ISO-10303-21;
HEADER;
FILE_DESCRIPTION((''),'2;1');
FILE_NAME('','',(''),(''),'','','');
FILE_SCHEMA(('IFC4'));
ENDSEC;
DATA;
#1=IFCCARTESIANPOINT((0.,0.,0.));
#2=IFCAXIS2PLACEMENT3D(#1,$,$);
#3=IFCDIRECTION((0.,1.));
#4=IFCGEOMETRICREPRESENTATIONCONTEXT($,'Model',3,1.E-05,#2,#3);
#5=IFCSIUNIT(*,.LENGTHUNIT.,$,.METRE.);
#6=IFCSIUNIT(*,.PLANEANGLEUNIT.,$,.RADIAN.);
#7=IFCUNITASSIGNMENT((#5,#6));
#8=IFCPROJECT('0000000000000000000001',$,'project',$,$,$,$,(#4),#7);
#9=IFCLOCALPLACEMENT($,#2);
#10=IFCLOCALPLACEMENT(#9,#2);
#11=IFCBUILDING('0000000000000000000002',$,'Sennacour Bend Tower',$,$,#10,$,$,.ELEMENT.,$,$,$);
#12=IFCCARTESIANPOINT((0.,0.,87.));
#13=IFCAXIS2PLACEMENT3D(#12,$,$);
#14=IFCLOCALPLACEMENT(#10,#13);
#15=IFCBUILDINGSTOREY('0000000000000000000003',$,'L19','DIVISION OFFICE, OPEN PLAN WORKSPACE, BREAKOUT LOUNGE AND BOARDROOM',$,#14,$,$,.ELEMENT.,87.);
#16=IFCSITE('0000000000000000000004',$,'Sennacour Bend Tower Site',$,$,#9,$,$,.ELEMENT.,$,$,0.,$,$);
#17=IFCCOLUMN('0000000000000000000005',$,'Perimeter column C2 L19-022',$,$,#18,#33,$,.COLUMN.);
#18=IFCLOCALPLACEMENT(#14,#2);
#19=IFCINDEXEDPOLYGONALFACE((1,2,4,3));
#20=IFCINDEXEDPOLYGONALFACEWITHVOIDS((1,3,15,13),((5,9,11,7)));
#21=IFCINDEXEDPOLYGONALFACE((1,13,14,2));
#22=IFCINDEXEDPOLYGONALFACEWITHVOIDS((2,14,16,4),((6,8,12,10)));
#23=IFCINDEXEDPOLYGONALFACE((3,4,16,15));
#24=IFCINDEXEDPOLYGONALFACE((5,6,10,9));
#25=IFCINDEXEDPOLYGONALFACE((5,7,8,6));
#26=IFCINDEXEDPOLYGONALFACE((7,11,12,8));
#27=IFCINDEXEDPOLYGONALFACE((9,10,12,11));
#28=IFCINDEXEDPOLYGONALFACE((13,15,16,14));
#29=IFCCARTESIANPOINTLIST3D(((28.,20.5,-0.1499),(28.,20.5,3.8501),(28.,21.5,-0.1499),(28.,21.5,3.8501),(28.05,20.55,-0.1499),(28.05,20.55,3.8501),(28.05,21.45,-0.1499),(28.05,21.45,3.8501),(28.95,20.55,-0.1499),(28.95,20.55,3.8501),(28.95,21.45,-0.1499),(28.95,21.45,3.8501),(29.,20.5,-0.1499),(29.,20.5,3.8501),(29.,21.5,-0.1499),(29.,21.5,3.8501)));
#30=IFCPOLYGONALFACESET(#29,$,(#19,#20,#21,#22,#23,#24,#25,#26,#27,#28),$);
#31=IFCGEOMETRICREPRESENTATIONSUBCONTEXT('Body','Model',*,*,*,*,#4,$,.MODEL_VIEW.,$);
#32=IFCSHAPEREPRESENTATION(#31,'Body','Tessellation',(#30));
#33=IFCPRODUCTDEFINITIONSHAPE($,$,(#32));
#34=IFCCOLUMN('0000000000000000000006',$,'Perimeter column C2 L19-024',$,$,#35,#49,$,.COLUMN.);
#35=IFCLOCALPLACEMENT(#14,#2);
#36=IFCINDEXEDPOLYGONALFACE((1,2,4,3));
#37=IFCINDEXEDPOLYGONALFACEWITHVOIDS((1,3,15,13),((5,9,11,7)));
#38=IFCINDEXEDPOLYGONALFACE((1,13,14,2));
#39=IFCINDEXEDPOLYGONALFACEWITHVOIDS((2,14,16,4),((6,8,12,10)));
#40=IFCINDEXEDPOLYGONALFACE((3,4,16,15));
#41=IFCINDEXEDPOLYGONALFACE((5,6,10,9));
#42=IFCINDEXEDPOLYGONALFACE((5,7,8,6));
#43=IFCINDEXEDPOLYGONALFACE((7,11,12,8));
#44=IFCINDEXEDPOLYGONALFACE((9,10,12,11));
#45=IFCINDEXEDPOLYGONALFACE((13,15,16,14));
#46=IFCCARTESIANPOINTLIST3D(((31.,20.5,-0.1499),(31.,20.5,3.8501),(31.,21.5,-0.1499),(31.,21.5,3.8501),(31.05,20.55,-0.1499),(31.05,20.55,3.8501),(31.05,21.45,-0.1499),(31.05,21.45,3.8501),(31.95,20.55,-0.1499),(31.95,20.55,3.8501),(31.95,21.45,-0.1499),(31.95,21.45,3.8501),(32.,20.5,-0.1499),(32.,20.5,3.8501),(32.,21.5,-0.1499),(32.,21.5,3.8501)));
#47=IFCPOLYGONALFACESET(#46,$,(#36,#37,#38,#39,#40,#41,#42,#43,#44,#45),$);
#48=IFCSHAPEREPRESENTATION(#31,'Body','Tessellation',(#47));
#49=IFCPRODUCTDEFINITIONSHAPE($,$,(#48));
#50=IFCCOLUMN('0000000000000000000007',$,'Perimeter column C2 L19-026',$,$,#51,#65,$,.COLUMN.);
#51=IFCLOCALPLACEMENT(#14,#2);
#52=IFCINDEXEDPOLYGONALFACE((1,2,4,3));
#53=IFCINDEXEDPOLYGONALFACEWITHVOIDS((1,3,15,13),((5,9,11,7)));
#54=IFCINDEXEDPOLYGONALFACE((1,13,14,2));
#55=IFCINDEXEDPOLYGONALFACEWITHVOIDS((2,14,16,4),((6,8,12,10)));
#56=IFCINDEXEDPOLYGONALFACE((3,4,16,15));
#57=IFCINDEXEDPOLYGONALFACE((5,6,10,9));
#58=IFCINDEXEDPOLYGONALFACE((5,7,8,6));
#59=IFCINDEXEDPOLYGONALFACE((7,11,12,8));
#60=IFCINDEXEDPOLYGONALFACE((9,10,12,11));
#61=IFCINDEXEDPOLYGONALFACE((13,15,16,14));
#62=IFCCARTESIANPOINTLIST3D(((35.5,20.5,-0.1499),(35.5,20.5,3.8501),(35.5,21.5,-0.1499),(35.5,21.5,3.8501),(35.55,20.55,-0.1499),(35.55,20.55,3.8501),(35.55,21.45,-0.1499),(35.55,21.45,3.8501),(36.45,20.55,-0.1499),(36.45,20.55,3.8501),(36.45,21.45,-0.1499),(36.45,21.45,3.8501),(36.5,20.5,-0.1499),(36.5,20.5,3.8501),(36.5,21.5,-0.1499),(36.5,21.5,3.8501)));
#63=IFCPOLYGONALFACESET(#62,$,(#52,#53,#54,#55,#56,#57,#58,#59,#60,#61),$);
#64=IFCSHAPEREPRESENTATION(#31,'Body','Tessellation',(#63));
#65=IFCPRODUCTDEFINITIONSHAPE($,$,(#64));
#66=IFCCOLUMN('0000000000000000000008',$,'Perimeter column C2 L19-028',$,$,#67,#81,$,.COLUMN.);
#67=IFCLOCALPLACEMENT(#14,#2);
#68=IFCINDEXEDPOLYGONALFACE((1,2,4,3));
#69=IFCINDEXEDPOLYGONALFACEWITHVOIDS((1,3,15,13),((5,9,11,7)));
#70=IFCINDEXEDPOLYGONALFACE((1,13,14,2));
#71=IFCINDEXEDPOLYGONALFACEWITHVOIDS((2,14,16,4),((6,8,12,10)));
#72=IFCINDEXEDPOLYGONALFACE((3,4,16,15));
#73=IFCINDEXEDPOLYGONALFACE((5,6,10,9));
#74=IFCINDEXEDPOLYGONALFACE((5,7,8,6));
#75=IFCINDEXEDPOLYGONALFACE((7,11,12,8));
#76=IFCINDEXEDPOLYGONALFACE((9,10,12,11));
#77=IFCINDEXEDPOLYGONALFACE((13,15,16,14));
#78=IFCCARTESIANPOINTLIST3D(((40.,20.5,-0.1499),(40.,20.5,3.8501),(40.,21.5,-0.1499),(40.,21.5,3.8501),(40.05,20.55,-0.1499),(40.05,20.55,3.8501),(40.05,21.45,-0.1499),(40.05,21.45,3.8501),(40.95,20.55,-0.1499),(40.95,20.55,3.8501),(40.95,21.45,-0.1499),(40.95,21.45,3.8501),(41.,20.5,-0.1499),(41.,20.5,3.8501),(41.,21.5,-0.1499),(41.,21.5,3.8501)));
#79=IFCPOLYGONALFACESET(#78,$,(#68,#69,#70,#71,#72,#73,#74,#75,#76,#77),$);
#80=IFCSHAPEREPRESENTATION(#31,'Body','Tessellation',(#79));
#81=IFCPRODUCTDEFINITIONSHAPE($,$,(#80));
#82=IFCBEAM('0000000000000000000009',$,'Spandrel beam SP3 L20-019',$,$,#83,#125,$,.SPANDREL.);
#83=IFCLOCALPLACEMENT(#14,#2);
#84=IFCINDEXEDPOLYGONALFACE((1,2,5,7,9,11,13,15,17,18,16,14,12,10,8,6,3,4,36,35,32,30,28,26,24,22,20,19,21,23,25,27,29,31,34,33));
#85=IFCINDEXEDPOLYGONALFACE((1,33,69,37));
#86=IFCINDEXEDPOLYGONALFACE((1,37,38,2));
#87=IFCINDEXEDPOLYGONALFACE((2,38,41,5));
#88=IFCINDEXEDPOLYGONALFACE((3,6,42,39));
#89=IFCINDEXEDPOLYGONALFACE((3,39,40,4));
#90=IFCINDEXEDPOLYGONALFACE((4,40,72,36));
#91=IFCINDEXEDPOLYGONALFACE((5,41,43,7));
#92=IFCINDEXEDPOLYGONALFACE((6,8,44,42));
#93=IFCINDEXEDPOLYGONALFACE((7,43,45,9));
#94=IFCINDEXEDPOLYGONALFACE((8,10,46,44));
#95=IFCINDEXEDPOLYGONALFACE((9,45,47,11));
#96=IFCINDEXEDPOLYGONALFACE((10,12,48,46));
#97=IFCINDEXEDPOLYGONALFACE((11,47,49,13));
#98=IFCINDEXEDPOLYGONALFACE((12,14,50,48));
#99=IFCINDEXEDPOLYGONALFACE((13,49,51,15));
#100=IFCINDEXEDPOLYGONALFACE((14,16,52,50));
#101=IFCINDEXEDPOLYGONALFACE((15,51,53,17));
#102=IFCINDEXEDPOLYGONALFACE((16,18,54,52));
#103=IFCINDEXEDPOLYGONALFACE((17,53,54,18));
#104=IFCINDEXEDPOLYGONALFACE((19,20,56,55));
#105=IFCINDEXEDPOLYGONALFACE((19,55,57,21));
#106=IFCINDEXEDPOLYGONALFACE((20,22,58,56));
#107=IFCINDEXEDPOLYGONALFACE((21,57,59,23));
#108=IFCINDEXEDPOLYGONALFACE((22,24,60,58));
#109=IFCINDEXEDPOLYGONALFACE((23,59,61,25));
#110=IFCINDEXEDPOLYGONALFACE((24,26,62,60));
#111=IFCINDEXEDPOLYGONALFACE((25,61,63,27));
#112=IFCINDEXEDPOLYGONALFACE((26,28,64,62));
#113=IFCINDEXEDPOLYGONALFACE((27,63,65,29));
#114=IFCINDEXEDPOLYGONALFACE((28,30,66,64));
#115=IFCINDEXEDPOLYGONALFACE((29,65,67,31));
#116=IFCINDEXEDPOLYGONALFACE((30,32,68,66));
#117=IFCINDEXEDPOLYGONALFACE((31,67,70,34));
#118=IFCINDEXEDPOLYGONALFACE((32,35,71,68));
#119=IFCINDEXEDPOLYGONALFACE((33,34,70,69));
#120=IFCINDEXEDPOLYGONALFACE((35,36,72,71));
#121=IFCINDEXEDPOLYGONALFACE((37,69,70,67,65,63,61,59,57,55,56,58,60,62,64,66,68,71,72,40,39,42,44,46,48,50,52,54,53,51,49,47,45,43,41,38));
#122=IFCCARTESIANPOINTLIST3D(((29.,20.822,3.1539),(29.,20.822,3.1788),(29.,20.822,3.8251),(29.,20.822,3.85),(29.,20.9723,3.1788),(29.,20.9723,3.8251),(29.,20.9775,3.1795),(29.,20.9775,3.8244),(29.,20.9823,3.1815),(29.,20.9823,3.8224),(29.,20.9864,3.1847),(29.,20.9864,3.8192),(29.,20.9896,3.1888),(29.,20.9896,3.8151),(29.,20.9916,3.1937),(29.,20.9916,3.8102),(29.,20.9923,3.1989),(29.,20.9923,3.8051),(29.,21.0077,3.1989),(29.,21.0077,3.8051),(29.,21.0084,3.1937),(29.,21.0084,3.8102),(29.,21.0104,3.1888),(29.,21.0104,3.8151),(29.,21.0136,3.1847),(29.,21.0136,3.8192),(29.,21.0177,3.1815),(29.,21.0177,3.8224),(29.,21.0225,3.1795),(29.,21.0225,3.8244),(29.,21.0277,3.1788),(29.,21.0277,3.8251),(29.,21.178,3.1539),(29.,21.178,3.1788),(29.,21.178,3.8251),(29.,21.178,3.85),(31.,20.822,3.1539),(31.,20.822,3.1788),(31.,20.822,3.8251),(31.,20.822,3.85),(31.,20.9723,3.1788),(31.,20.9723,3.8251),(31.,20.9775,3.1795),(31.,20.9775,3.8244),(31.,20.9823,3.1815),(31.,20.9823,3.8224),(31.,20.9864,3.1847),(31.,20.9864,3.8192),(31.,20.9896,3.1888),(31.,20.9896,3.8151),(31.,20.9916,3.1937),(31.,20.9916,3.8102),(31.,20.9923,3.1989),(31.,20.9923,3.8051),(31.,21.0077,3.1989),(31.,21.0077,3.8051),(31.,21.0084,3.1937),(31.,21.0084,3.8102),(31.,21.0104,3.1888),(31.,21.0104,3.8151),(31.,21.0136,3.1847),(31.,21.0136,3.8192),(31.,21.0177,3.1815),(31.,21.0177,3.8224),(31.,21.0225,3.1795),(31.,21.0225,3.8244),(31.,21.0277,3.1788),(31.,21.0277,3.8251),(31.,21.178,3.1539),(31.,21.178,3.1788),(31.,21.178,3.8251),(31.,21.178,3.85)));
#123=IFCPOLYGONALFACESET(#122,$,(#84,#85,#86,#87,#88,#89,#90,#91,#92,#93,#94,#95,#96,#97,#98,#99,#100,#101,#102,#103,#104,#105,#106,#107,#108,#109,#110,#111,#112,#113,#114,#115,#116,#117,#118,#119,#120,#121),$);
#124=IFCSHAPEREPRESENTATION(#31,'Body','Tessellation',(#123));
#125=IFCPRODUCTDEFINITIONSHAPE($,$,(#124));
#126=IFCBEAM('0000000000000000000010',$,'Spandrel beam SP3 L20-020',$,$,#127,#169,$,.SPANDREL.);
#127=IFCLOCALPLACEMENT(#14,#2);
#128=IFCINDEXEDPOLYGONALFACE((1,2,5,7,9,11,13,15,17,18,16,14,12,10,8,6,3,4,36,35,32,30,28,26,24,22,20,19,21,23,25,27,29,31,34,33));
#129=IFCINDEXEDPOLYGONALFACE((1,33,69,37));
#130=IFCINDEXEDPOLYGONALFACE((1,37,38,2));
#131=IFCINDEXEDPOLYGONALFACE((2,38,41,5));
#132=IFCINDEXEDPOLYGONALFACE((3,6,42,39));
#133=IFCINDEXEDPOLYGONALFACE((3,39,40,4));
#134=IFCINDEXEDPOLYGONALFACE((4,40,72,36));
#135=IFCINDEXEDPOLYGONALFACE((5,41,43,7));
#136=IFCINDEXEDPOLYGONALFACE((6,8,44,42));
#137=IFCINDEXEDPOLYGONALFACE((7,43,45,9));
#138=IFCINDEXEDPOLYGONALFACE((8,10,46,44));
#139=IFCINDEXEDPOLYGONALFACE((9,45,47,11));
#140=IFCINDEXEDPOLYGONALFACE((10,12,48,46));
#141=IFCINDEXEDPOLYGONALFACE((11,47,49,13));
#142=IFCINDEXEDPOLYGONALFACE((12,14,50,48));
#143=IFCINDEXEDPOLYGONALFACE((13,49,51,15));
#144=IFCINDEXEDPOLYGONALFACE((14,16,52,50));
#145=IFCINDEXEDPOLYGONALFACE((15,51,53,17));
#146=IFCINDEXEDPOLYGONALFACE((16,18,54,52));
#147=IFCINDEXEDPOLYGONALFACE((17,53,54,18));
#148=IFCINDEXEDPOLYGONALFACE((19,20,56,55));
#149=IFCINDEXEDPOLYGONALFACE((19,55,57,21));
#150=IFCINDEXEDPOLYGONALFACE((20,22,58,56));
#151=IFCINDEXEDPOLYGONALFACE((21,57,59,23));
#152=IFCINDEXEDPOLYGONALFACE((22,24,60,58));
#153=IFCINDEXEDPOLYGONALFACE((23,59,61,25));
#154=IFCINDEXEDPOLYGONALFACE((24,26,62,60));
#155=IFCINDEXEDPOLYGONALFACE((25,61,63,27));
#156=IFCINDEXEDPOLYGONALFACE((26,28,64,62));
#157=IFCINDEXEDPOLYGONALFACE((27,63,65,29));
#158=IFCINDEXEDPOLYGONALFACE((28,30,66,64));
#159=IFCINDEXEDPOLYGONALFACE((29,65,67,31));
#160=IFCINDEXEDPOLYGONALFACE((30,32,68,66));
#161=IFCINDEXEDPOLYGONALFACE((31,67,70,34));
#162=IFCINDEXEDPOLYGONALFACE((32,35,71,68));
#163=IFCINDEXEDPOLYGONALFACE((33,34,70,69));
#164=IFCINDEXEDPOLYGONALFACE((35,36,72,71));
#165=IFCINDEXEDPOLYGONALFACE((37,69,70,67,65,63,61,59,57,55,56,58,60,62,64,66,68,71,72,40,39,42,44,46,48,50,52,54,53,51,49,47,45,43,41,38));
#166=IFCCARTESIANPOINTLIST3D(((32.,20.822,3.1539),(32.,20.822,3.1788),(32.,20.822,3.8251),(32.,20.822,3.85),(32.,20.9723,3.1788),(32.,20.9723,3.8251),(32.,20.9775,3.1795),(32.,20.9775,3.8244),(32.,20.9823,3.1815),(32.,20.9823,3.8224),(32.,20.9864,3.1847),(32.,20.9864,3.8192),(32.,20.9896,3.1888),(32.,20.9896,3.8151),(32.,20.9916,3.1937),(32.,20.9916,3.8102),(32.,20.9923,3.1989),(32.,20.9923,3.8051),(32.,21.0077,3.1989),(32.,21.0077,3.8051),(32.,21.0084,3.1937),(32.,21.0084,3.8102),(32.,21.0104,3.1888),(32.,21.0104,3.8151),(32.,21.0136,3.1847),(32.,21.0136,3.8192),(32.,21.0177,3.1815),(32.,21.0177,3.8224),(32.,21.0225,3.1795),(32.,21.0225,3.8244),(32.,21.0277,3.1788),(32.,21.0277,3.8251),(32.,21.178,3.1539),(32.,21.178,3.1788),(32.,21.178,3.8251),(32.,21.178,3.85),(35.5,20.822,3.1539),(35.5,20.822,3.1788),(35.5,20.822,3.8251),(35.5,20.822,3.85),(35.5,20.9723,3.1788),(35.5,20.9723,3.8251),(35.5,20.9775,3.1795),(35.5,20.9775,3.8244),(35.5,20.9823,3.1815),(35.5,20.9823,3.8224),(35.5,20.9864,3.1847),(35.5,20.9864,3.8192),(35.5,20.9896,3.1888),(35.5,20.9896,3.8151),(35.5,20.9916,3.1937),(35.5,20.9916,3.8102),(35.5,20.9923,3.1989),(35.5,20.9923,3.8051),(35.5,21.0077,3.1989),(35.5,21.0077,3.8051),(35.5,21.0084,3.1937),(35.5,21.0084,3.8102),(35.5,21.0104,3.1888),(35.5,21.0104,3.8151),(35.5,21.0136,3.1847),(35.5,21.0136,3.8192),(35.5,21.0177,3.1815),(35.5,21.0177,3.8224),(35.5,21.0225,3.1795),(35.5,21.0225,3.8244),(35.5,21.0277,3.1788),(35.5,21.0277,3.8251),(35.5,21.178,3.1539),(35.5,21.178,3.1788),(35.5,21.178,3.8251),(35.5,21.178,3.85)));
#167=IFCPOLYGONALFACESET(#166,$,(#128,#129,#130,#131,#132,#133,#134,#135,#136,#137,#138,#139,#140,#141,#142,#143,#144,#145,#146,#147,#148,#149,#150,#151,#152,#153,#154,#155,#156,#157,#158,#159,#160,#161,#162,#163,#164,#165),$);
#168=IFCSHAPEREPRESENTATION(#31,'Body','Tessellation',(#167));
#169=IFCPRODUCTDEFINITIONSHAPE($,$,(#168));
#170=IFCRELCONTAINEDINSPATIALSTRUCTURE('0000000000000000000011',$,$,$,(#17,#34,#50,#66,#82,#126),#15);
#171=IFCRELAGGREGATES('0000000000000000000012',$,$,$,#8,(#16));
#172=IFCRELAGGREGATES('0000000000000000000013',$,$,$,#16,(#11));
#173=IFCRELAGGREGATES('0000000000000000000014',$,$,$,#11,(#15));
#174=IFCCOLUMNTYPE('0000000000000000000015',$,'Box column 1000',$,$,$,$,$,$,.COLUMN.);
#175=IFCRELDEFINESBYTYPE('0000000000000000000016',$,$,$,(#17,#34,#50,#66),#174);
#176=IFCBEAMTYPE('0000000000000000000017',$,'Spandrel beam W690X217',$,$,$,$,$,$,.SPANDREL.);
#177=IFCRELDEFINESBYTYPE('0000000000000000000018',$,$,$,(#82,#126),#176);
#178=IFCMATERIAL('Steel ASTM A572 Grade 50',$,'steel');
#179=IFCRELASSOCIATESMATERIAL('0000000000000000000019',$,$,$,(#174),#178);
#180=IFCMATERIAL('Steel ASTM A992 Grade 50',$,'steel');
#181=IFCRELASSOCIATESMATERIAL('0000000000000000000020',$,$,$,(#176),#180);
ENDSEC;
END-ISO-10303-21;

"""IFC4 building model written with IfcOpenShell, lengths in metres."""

from ifc_helpers import new_model, si_unit, direction, frame, origin, origin_2d, place, context, subcontext, project, spatial, hollow_rectangle, i_section, extrude, material, material_profile, profile_set, type_object, element, save


model = new_model("IFC4")

# Units and contexts
model_context = context("Model", 3, precision=1e-05, world=origin(), true_north=direction((0.0, 1.0)))
body_context = subcontext(model_context, "Body", "Model", "MODEL_VIEW")
ifc_project = project(units=[si_unit("LENGTHUNIT", "METRE"), si_unit("PLANEANGLEUNIT", "RADIAN")], contexts=[model_context])

# Site, building, storey
site_placement = place(None, origin())
site = spatial("IfcSite", under=ifc_project, at=site_placement, Name="Sennacour Bend Tower Site", CompositionType="ELEMENT", RefElevation=0.0)
building_placement = place(site_placement, origin())
building = spatial("IfcBuilding", under=site, at=building_placement, Name="Sennacour Bend Tower", CompositionType="ELEMENT")
storey_placement = place(building_placement, frame((0.0, 0.0, 87.0)))
storey = spatial("IfcBuildingStorey", under=building, at=storey_placement, Name="L19", Description="DIVISION OFFICE, OPEN PLAN WORKSPACE, BREAKOUT LOUNGE AND BOARDROOM", CompositionType="ELEMENT", Elevation=87.0)

# Columns
ifc_material_1 = material(Name="Steel ASTM A572 Grade 50", Category="steel")
ifc_material_profile_1 = material_profile(ifc_material_1, hollow_rectangle(XDim=1.0, YDim=1.0, WallThickness=0.05, at=origin_2d()), Name="Steel ASTM A572 Grade 50", Category="steel")
ifc_profile_set_1 = profile_set([ifc_material_profile_1], Name="Steel ASTM A572 Grade 50")
column_type = type_object("IfcColumnType", Name="Box column 1000", PredefinedType="COLUMN", material=ifc_profile_set_1)
for number, where, z_axis, x_axis, name in (
    (1, (28.5, 21.0, -0.1499), (0.0, 0.0, 1.0), (1.0, 0.0, 0.0), "Perimeter column C2 L19-022"),
    (2, (31.5, 21.0, -0.1499), (0.0, 0.0, 1.0), (1.0, 0.0, 0.0), "Perimeter column C2 L19-024"),
    (3, (36.0, 21.0, -0.1499), (0.0, 0.0, 1.0), (1.0, 0.0, 0.0), "Perimeter column C2 L19-026"),
    (4, (40.5, 21.0, -0.1499), (0.0, 0.0, 1.0), (1.0, 0.0, 0.0), "Perimeter column C2 L19-028"),
):
    element("IfcColumn", number, at=place(storey_placement, frame(where, z_axis=z_axis, x_axis=x_axis)), inside=storey, type_object=column_type, Name=name, PredefinedType="COLUMN", context=body_context, shape_type="SweptSolid", body=[
        extrude(hollow_rectangle(XDim=1.0, YDim=1.0, WallThickness=0.05, at=origin_2d()), origin(), (0.0, 0.0, 1.0), 4.0),
    ])

# Beams
ifc_material_2 = material(Name="Steel ASTM A992 Grade 50", Category="steel")
ifc_material_profile_2 = material_profile(ifc_material_2, i_section(OverallWidth=0.356, OverallDepth=0.696, WebThickness=0.0154, FlangeThickness=0.0249, FilletRadius=0.02, at=origin_2d()), Name="Steel ASTM A992 Grade 50", Category="steel")
ifc_profile_set_2 = profile_set([ifc_material_profile_2], Name="Steel ASTM A992 Grade 50")
beam_type = type_object("IfcBeamType", Name="Spandrel beam W690X217", PredefinedType="SPANDREL", material=ifc_profile_set_2)
beam_placement = place(storey_placement, frame((29.0, 21.0, 3.502), z_axis=(1.0, 0.0, 0.0), x_axis=(0.0, 1.0, 0.0)))
element("IfcBeam", 5, at=beam_placement, inside=storey, type_object=beam_type, Name="Spandrel beam SP3 L20-019", PredefinedType="SPANDREL", context=body_context, shape_type="SweptSolid", body=[
    extrude(i_section(OverallWidth=0.356, OverallDepth=0.696, WebThickness=0.0154, FlangeThickness=0.0249, FilletRadius=0.02, at=origin_2d()), origin(), (0.0, 0.0, 1.0), 2.0),
])
for number, where, z_axis, x_axis, name in (
    (6, (32.0, 21.0, 3.502), (1.0, 0.0, 0.0), (0.0, 1.0, 0.0), "Spandrel beam SP3 L20-020"),
):
    element("IfcBeam", number, at=place(storey_placement, frame(where, z_axis=z_axis, x_axis=x_axis)), inside=storey, type_object=beam_type, Name=name, PredefinedType="SPANDREL", context=body_context, shape_type="SweptSolid", body=[
        extrude(i_section(OverallWidth=0.356, OverallDepth=0.696, WebThickness=0.0154, FlangeThickness=0.0249, FilletRadius=0.02, at=origin_2d()), origin(), (0.0, 0.0, 1.0), 3.5),
    ])

save(model, "model.ifc")
